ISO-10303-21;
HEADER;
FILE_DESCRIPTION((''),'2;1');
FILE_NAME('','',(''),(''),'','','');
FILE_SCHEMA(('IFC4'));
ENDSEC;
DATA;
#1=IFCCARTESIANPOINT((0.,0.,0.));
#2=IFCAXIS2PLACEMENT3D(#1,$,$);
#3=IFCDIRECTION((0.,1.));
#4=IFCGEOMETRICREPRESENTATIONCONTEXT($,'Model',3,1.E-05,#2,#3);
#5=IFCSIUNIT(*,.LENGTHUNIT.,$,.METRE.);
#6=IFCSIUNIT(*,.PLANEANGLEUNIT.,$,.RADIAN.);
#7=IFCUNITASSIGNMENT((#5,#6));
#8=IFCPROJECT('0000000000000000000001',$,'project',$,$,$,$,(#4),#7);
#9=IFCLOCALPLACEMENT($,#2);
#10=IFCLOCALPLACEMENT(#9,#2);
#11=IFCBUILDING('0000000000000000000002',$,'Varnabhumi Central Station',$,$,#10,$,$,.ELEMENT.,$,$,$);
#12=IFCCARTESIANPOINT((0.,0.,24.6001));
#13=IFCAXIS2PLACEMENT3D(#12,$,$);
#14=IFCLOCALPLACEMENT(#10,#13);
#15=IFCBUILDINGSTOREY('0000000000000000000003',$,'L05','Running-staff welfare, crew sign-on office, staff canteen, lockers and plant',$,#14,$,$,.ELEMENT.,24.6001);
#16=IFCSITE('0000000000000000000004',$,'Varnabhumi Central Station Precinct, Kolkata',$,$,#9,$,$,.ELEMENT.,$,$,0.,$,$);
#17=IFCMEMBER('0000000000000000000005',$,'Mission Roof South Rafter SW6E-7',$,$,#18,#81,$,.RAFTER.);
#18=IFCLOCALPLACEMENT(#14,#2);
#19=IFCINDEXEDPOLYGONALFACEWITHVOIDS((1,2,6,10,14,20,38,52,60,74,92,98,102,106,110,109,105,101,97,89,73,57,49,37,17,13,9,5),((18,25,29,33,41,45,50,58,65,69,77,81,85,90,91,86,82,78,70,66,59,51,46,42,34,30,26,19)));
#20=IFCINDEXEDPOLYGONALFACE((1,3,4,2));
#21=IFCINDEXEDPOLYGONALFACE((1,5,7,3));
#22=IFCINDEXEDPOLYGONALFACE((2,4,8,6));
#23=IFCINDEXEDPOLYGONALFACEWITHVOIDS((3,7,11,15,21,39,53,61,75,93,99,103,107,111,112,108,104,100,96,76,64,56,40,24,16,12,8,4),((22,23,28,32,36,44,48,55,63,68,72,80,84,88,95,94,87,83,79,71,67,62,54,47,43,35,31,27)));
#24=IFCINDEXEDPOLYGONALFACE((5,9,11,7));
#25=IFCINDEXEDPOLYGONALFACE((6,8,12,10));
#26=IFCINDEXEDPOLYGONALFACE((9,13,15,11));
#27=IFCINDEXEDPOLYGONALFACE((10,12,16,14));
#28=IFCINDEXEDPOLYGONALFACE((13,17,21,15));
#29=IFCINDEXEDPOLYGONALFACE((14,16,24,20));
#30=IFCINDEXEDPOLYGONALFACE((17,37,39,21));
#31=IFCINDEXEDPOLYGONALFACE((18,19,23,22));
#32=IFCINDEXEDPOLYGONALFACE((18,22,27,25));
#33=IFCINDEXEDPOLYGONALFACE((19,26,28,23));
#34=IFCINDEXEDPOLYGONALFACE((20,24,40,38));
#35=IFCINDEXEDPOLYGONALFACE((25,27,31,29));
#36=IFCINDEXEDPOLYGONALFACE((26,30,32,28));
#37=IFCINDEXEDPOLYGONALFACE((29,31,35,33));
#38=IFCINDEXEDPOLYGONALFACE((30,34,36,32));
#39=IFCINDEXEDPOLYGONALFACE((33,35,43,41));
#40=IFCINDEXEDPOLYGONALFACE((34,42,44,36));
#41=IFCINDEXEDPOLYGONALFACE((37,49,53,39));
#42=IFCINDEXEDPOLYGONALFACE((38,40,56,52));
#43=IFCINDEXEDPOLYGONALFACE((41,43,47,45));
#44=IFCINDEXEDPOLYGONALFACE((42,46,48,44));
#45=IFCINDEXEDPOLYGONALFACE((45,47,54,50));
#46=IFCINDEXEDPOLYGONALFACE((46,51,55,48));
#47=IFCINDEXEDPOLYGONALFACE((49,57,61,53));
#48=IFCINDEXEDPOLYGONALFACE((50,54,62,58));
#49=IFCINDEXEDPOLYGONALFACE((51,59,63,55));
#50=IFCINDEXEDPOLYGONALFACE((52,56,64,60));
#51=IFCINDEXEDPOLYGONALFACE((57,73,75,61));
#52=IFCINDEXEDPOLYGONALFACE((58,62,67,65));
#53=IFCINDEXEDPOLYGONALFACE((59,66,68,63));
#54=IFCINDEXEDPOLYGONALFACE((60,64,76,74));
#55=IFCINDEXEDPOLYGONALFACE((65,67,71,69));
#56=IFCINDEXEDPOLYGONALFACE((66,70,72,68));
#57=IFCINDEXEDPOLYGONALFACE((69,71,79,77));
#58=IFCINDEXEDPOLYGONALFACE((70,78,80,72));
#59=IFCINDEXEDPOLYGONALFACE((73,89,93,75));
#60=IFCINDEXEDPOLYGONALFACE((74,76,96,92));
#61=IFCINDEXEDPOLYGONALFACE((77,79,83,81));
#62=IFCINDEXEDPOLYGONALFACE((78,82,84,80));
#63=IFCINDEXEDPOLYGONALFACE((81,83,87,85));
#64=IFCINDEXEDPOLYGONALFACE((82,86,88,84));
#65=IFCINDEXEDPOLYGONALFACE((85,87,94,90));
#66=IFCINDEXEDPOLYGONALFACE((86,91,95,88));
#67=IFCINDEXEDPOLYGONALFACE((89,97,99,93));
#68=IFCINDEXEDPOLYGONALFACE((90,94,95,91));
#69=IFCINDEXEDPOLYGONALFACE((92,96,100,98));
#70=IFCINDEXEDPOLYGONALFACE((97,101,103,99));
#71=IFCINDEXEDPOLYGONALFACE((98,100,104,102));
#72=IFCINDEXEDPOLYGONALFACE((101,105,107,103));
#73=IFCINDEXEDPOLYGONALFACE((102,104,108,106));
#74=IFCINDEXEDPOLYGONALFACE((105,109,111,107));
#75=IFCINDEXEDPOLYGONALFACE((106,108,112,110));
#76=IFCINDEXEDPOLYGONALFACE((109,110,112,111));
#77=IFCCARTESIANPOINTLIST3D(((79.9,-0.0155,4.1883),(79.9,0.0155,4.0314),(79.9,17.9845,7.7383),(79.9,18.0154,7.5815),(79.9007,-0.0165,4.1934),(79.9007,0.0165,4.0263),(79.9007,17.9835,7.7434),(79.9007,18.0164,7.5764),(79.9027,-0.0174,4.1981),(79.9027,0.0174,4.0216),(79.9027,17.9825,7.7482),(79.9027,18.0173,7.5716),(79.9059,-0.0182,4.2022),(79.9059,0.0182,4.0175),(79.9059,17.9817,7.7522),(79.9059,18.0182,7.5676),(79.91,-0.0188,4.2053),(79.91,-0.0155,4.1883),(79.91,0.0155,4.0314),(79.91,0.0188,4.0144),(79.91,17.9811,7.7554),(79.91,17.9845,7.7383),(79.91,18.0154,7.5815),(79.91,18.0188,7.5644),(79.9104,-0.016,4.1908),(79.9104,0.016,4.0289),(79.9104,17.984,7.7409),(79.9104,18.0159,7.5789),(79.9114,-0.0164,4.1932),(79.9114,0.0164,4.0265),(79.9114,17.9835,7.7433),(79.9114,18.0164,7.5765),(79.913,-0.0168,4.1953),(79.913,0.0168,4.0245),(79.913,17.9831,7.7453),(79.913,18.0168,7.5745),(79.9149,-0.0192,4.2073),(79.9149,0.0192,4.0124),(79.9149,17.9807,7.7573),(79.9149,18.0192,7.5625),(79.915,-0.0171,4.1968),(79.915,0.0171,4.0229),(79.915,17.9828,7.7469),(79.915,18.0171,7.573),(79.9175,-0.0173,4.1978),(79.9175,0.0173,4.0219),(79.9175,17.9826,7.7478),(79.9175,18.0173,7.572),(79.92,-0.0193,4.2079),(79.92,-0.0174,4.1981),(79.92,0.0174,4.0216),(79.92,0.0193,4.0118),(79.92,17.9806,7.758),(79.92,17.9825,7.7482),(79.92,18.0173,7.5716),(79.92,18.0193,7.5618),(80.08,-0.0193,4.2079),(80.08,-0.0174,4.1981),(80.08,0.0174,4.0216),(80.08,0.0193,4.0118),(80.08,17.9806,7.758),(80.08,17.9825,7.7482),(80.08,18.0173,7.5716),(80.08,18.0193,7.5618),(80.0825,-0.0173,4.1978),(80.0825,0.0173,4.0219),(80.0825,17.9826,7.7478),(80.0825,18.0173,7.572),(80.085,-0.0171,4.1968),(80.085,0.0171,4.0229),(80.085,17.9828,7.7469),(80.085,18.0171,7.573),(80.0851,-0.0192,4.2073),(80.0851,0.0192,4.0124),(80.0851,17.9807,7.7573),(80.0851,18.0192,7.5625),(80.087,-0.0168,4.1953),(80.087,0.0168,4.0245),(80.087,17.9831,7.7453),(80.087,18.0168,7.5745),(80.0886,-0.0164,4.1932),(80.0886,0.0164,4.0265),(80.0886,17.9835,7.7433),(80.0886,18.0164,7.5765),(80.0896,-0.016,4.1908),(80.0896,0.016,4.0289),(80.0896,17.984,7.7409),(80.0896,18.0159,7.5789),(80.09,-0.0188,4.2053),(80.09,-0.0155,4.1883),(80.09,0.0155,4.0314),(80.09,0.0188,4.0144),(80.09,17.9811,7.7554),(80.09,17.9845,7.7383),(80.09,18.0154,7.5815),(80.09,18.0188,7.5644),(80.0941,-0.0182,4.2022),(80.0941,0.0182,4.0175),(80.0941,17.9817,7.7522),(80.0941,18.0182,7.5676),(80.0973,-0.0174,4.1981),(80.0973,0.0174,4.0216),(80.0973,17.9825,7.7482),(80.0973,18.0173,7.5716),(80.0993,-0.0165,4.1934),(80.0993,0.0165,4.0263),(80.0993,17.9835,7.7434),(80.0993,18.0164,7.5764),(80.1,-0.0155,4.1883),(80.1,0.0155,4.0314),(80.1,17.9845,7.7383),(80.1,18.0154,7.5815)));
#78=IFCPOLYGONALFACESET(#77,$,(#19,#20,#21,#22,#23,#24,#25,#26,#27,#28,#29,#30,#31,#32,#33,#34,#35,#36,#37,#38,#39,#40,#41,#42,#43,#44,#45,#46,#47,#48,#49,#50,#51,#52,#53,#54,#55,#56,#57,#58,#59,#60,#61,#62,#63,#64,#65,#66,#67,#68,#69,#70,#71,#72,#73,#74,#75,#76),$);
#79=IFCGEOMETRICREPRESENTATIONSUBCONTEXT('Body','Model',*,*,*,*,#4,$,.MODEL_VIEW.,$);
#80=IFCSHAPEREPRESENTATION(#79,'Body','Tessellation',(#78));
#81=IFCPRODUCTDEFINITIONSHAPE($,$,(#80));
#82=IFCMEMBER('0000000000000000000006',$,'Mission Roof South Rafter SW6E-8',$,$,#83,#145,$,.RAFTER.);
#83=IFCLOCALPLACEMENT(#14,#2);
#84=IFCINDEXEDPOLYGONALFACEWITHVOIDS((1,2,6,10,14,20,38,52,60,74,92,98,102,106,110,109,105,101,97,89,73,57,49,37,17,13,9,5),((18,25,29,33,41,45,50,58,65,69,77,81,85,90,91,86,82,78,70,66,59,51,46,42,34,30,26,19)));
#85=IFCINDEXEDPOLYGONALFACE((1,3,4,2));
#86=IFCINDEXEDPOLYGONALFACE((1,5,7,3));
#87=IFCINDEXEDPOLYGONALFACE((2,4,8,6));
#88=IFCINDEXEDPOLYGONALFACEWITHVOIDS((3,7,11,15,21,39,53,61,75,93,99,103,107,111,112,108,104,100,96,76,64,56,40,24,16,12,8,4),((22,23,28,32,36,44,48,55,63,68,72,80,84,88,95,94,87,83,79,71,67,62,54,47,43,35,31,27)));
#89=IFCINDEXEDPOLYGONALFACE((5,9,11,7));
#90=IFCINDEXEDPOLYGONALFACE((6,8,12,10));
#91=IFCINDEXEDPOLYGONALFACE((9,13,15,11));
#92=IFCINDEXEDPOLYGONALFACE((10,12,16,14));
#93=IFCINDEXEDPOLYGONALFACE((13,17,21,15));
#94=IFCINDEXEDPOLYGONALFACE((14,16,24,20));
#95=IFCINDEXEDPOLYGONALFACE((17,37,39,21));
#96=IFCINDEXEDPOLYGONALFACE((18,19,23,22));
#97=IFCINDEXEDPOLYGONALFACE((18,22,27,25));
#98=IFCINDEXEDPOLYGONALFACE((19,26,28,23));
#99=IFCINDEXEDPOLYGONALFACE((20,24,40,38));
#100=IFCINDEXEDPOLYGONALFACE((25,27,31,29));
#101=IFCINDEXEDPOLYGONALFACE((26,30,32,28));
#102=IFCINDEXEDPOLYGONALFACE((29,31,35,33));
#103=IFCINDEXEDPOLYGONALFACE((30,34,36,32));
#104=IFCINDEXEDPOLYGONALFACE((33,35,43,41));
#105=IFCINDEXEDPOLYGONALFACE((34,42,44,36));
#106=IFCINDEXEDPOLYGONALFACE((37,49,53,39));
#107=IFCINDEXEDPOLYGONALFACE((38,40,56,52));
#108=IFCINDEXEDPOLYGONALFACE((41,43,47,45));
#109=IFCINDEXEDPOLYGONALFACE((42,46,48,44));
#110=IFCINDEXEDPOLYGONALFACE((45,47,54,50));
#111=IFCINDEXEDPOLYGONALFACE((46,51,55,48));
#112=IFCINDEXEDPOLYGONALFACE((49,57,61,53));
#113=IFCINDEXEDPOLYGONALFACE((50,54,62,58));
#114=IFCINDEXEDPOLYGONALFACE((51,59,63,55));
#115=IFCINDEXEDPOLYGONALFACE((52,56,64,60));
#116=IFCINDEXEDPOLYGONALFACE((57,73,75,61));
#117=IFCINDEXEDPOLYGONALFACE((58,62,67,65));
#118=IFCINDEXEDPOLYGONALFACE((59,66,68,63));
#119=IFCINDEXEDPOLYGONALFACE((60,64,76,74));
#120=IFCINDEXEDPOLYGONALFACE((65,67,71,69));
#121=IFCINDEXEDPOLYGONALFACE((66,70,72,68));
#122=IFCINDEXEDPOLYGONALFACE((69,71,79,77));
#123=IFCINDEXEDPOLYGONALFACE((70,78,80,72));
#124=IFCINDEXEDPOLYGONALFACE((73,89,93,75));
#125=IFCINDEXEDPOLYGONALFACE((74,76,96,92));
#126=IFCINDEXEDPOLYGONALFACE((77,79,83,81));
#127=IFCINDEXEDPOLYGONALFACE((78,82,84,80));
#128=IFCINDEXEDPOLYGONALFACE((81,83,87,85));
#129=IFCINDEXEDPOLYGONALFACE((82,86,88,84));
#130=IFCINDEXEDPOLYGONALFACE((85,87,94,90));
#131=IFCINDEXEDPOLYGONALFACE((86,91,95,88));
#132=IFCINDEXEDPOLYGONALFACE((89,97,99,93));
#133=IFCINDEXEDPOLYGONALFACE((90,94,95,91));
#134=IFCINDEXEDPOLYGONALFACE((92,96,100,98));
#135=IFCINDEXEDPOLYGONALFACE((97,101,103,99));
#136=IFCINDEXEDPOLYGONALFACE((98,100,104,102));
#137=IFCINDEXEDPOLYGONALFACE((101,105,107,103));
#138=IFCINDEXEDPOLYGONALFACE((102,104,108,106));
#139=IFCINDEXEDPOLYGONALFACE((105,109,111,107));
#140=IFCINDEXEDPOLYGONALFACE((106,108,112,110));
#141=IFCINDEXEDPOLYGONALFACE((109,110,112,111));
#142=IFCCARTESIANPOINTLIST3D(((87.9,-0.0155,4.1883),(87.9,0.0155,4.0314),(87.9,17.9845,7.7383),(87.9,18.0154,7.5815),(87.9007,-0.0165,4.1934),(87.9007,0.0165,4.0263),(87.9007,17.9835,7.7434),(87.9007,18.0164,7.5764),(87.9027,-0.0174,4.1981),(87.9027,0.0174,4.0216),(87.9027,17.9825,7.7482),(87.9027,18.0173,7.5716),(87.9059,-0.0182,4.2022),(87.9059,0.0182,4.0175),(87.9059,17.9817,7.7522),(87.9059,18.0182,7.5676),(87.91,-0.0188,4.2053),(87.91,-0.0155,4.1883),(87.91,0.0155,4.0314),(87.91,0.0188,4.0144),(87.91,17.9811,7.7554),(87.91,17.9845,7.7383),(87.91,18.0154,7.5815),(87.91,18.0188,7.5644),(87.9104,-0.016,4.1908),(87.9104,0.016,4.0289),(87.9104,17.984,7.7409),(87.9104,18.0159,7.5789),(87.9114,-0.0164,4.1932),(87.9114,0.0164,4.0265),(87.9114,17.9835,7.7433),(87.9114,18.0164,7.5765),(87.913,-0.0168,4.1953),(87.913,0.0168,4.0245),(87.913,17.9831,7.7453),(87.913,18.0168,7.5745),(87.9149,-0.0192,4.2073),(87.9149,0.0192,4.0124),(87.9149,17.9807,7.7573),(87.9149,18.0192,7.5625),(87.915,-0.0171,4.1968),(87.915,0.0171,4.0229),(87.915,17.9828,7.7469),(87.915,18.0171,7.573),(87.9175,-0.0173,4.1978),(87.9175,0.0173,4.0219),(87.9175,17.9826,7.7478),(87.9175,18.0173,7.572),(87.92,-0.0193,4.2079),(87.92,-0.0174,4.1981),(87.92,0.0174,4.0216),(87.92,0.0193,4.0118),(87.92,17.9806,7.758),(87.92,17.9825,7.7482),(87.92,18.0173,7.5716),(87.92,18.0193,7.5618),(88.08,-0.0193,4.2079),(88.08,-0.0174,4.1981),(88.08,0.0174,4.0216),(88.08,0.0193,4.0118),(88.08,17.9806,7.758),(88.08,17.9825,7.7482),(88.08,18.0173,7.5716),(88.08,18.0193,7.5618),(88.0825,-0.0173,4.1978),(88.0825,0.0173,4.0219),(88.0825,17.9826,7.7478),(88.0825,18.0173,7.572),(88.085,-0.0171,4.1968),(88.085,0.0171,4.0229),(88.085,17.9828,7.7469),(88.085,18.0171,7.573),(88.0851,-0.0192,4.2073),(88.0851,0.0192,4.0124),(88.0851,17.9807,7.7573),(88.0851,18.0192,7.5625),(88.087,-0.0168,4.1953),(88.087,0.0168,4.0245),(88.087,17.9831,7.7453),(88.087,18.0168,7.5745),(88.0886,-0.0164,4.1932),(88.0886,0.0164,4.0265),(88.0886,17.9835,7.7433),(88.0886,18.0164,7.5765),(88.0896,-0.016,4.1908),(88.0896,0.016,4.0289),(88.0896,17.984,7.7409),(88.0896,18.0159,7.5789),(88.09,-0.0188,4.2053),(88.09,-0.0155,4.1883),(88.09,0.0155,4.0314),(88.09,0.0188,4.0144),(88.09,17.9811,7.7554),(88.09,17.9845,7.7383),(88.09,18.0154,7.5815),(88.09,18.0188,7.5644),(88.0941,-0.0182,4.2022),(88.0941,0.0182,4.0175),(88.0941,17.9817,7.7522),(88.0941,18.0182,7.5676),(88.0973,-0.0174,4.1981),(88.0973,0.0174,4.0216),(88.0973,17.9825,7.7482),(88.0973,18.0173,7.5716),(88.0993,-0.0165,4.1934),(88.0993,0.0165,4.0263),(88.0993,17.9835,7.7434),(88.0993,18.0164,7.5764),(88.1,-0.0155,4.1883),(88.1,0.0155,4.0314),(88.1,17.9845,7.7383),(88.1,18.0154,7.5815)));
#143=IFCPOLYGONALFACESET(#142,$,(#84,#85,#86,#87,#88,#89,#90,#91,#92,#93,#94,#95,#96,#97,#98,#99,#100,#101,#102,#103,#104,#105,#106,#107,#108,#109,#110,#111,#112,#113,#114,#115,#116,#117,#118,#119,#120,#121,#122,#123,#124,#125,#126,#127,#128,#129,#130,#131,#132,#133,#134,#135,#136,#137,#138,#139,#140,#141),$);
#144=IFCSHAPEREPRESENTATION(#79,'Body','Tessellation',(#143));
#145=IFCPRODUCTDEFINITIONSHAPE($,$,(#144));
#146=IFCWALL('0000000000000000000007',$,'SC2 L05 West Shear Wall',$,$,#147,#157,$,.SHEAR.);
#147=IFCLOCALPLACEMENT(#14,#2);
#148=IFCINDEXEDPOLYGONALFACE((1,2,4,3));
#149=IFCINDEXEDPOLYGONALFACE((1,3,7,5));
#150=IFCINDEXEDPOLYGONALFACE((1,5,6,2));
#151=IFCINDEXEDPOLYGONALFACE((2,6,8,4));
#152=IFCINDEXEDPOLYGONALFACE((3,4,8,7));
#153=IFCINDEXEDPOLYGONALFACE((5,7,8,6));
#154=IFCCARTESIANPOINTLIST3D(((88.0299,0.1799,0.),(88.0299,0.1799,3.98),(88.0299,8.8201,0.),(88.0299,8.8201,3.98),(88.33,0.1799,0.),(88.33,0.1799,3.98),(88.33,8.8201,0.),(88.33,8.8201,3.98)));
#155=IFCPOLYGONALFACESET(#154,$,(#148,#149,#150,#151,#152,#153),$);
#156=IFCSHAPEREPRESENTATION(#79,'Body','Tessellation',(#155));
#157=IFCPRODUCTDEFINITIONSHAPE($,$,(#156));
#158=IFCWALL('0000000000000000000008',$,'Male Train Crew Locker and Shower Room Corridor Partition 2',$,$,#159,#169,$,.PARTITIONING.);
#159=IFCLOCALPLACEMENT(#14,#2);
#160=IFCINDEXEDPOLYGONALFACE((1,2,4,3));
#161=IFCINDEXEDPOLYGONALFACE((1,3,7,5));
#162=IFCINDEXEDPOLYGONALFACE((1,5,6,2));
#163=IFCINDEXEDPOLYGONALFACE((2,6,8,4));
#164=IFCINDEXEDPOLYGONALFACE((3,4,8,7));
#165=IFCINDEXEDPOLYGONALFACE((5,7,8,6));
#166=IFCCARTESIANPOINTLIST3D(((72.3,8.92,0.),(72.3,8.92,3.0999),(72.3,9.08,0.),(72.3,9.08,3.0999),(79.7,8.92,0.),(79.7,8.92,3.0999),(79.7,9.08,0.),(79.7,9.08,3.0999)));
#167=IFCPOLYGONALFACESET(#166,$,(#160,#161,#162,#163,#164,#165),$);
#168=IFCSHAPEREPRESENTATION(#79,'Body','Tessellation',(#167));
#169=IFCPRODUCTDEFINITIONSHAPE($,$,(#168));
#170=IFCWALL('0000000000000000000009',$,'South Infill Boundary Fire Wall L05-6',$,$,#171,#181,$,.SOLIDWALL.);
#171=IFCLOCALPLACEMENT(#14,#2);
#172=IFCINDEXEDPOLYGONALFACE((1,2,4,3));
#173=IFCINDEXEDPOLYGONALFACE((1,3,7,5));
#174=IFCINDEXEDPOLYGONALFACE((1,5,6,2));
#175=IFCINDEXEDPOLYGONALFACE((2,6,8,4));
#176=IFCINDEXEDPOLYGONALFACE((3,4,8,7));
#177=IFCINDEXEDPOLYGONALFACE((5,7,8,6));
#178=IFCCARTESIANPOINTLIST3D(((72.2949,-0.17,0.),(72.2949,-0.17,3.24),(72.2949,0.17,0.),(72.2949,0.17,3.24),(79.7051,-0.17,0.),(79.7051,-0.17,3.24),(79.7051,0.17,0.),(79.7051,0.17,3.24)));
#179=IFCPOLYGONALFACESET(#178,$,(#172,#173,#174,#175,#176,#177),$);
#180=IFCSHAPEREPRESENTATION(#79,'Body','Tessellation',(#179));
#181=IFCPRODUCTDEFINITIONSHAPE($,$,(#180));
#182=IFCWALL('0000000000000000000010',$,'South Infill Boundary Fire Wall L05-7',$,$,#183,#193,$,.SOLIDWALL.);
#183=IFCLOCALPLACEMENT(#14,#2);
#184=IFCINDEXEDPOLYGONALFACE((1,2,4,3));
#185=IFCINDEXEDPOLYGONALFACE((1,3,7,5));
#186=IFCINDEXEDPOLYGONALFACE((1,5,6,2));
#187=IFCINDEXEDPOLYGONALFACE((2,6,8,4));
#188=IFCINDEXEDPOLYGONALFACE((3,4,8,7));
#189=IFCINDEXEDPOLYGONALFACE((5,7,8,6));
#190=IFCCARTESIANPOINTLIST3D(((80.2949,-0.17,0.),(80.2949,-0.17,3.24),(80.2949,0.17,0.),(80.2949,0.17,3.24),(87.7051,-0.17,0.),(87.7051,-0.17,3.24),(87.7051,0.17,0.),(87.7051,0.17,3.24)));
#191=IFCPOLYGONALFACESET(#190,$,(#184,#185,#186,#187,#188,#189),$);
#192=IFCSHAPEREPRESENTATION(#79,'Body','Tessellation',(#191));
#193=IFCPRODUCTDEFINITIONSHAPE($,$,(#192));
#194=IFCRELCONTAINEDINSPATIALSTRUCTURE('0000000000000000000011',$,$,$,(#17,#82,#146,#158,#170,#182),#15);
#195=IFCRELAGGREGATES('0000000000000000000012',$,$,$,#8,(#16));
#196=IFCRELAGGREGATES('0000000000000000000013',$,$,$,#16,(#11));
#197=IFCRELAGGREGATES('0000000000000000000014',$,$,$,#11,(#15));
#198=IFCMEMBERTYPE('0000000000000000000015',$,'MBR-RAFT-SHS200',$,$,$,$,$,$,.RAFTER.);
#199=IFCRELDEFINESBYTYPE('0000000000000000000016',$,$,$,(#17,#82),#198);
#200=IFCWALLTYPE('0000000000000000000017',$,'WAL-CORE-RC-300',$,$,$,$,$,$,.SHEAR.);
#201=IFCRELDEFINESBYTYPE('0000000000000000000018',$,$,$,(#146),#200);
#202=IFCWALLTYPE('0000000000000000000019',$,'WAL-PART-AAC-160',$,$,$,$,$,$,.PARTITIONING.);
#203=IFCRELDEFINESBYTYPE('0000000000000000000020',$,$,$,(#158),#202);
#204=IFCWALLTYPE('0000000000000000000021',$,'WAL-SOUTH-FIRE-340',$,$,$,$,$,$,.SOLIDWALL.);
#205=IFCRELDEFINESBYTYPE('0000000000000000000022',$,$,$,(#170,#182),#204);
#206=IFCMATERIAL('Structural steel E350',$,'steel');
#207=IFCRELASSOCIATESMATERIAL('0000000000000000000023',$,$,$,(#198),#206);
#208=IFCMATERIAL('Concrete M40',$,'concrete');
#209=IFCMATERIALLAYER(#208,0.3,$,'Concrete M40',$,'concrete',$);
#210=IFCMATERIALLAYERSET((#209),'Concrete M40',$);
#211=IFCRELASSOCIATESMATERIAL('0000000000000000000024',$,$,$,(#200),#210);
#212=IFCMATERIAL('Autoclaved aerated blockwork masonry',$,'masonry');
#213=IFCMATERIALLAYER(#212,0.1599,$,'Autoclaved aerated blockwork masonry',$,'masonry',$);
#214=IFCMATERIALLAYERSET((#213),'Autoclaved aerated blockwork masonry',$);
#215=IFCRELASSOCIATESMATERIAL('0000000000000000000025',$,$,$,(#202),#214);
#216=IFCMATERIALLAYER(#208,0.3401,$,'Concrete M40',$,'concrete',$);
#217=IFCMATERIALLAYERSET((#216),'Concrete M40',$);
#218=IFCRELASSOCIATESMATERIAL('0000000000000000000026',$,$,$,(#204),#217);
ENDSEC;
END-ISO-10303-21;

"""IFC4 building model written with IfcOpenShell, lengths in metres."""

from ifc_helpers import new_model, si_unit, direction, frame, frame_2d, origin, origin_2d, place, context, subcontext, project, spatial, rectangle, hollow_rectangle, extrude, material, layer, layer_set, material_profile, profile_set, type_object, element, save


model = new_model("IFC4")

# Units and contexts
model_context = context("Model", 3, precision=1e-05, world=origin(), true_north=direction((0.0, 1.0)))
body_context = subcontext(model_context, "Body", "Model", "MODEL_VIEW")
ifc_project = project(units=[si_unit("LENGTHUNIT", "METRE"), si_unit("PLANEANGLEUNIT", "RADIAN")], contexts=[model_context])

# Site, building, storey
site_placement = place(None, origin())
site = spatial("IfcSite", under=ifc_project, at=site_placement, Name="Varnabhumi Central Station Precinct, Kolkata", CompositionType="ELEMENT", RefElevation=0.0)
building_placement = place(site_placement, origin())
building = spatial("IfcBuilding", under=site, at=building_placement, Name="Varnabhumi Central Station", CompositionType="ELEMENT")
storey_placement = place(building_placement, frame((0.0, 0.0, 24.6001)))
storey = spatial("IfcBuildingStorey", under=building, at=storey_placement, Name="L05", Description="Running-staff welfare, crew sign-on office, staff canteen, lockers and plant", CompositionType="ELEMENT", Elevation=24.6001)

# Shared definitions
ifc_material_1 = material(Name="Concrete M40", Category="concrete")

# Shared definitions
ifc_material_2 = material(Name="Structural steel E350", Category="steel")

# Members
ifc_material_profile_1 = material_profile(ifc_material_2, hollow_rectangle(XDim=0.2, YDim=0.2, WallThickness=0.01, InnerFilletRadius=0.01, OuterFilletRadius=0.02, at=origin_2d()), Name="Structural steel E350", Category="steel")
ifc_profile_set_1 = profile_set([ifc_material_profile_1], Name="Structural steel E350")
member_type_1 = type_object("IfcMemberType", Name="MBR-RAFT-SHS200", PredefinedType="RAFTER", material=ifc_profile_set_1)
for number, where, z_axis, x_axis, name in (
    (1, (80.0, 0.0, 4.1099), (0.0, 0.981101, 0.193498), (-1.0, 0.0, 0.0), "Mission Roof South Rafter SW6E-7"),
    (2, (88.0, 0.0, 4.1099), (0.0, 0.981101, 0.193498), (-1.0, 0.0, 0.0), "Mission Roof South Rafter SW6E-8"),
):
    element("IfcMember", number, at=place(storey_placement, frame(where, z_axis=z_axis, x_axis=x_axis)), inside=storey, type_object=member_type_1, Name=name, PredefinedType="RAFTER", context=body_context, shape_type="SweptSolid", body=[
        extrude(hollow_rectangle(XDim=0.2, YDim=0.2, WallThickness=0.01, InnerFilletRadius=0.01, OuterFilletRadius=0.02, at=origin_2d()), origin(), (0.0, 0.0, 1.0), 18.3467),
    ])

# Wall
ifc_layer_1 = layer(ifc_material_1, 0.3, Name="Concrete M40", Category="concrete")
ifc_layer_set_1 = layer_set([ifc_layer_1], Name="Concrete M40")
wall_type_1 = type_object("IfcWallType", Name="WAL-CORE-RC-300", PredefinedType="SHEAR", material=ifc_layer_set_1)
wall_1_placement = place(storey_placement, frame((88.1799, 0.1799, 0.0), z_axis=(0.0, 0.0, 1.0), x_axis=(0.0, 1.0, 0.0)))
element("IfcWall", 3, at=wall_1_placement, inside=storey, type_object=wall_type_1, Name="SC2 L05 West Shear Wall", PredefinedType="SHEAR", context=body_context, shape_type="SweptSolid", body=[
    extrude(rectangle(XDim=8.6401, YDim=0.3, at=frame_2d((4.3201, 0.0))), origin(), (0.0, 0.0, 1.0), 3.98),
])

# Walls
ifc_material_3 = material(Name="Autoclaved aerated blockwork masonry", Category="masonry")
ifc_layer_2 = layer(ifc_material_3, 0.1599, Name="Autoclaved aerated blockwork masonry", Category="masonry")
ifc_layer_set_2 = layer_set([ifc_layer_2], Name="Autoclaved aerated blockwork masonry")
wall_type_2 = type_object("IfcWallType", Name="WAL-PART-AAC-160", PredefinedType="PARTITIONING", material=ifc_layer_set_2)
wall_2_placement = place(storey_placement, frame((72.3, 9.0, 0.0), z_axis=(0.0, 0.0, 1.0), x_axis=(1.0, 0.0, 0.0)))
element("IfcWall", 4, at=wall_2_placement, inside=storey, type_object=wall_type_2, Name="Male Train Crew Locker and Shower Room Corridor Partition 2", PredefinedType="PARTITIONING", context=body_context, shape_type="SweptSolid", body=[
    extrude(rectangle(XDim=7.3999, YDim=0.1599, at=frame_2d((3.7, 0.0))), origin(), (0.0, 0.0, 1.0), 3.0999),
])
ifc_layer_3 = layer(ifc_material_1, 0.3401, Name="Concrete M40", Category="concrete")
ifc_layer_set_3 = layer_set([ifc_layer_3], Name="Concrete M40")
wall_type_3 = type_object("IfcWallType", Name="WAL-SOUTH-FIRE-340", PredefinedType="SOLIDWALL", material=ifc_layer_set_3)
for number, where, z_axis, x_axis, name in (
    (5, (72.2949, 0.0, 0.0), (0.0, 0.0, 1.0), (1.0, 0.0, 0.0), "South Infill Boundary Fire Wall L05-6"),
    (6, (80.2949, 0.0, 0.0), (0.0, 0.0, 1.0), (1.0, 0.0, 0.0), "South Infill Boundary Fire Wall L05-7"),
):
    element("IfcWall", number, at=place(storey_placement, frame(where, z_axis=z_axis, x_axis=x_axis)), inside=storey, type_object=wall_type_3, Name=name, PredefinedType="SOLIDWALL", context=body_context, shape_type="SweptSolid", body=[
        extrude(rectangle(XDim=7.4102, YDim=0.3401, at=frame_2d((3.7051, 0.0))), origin(), (0.0, 0.0, 1.0), 3.24),
    ])

save(model, "model.ifc")
